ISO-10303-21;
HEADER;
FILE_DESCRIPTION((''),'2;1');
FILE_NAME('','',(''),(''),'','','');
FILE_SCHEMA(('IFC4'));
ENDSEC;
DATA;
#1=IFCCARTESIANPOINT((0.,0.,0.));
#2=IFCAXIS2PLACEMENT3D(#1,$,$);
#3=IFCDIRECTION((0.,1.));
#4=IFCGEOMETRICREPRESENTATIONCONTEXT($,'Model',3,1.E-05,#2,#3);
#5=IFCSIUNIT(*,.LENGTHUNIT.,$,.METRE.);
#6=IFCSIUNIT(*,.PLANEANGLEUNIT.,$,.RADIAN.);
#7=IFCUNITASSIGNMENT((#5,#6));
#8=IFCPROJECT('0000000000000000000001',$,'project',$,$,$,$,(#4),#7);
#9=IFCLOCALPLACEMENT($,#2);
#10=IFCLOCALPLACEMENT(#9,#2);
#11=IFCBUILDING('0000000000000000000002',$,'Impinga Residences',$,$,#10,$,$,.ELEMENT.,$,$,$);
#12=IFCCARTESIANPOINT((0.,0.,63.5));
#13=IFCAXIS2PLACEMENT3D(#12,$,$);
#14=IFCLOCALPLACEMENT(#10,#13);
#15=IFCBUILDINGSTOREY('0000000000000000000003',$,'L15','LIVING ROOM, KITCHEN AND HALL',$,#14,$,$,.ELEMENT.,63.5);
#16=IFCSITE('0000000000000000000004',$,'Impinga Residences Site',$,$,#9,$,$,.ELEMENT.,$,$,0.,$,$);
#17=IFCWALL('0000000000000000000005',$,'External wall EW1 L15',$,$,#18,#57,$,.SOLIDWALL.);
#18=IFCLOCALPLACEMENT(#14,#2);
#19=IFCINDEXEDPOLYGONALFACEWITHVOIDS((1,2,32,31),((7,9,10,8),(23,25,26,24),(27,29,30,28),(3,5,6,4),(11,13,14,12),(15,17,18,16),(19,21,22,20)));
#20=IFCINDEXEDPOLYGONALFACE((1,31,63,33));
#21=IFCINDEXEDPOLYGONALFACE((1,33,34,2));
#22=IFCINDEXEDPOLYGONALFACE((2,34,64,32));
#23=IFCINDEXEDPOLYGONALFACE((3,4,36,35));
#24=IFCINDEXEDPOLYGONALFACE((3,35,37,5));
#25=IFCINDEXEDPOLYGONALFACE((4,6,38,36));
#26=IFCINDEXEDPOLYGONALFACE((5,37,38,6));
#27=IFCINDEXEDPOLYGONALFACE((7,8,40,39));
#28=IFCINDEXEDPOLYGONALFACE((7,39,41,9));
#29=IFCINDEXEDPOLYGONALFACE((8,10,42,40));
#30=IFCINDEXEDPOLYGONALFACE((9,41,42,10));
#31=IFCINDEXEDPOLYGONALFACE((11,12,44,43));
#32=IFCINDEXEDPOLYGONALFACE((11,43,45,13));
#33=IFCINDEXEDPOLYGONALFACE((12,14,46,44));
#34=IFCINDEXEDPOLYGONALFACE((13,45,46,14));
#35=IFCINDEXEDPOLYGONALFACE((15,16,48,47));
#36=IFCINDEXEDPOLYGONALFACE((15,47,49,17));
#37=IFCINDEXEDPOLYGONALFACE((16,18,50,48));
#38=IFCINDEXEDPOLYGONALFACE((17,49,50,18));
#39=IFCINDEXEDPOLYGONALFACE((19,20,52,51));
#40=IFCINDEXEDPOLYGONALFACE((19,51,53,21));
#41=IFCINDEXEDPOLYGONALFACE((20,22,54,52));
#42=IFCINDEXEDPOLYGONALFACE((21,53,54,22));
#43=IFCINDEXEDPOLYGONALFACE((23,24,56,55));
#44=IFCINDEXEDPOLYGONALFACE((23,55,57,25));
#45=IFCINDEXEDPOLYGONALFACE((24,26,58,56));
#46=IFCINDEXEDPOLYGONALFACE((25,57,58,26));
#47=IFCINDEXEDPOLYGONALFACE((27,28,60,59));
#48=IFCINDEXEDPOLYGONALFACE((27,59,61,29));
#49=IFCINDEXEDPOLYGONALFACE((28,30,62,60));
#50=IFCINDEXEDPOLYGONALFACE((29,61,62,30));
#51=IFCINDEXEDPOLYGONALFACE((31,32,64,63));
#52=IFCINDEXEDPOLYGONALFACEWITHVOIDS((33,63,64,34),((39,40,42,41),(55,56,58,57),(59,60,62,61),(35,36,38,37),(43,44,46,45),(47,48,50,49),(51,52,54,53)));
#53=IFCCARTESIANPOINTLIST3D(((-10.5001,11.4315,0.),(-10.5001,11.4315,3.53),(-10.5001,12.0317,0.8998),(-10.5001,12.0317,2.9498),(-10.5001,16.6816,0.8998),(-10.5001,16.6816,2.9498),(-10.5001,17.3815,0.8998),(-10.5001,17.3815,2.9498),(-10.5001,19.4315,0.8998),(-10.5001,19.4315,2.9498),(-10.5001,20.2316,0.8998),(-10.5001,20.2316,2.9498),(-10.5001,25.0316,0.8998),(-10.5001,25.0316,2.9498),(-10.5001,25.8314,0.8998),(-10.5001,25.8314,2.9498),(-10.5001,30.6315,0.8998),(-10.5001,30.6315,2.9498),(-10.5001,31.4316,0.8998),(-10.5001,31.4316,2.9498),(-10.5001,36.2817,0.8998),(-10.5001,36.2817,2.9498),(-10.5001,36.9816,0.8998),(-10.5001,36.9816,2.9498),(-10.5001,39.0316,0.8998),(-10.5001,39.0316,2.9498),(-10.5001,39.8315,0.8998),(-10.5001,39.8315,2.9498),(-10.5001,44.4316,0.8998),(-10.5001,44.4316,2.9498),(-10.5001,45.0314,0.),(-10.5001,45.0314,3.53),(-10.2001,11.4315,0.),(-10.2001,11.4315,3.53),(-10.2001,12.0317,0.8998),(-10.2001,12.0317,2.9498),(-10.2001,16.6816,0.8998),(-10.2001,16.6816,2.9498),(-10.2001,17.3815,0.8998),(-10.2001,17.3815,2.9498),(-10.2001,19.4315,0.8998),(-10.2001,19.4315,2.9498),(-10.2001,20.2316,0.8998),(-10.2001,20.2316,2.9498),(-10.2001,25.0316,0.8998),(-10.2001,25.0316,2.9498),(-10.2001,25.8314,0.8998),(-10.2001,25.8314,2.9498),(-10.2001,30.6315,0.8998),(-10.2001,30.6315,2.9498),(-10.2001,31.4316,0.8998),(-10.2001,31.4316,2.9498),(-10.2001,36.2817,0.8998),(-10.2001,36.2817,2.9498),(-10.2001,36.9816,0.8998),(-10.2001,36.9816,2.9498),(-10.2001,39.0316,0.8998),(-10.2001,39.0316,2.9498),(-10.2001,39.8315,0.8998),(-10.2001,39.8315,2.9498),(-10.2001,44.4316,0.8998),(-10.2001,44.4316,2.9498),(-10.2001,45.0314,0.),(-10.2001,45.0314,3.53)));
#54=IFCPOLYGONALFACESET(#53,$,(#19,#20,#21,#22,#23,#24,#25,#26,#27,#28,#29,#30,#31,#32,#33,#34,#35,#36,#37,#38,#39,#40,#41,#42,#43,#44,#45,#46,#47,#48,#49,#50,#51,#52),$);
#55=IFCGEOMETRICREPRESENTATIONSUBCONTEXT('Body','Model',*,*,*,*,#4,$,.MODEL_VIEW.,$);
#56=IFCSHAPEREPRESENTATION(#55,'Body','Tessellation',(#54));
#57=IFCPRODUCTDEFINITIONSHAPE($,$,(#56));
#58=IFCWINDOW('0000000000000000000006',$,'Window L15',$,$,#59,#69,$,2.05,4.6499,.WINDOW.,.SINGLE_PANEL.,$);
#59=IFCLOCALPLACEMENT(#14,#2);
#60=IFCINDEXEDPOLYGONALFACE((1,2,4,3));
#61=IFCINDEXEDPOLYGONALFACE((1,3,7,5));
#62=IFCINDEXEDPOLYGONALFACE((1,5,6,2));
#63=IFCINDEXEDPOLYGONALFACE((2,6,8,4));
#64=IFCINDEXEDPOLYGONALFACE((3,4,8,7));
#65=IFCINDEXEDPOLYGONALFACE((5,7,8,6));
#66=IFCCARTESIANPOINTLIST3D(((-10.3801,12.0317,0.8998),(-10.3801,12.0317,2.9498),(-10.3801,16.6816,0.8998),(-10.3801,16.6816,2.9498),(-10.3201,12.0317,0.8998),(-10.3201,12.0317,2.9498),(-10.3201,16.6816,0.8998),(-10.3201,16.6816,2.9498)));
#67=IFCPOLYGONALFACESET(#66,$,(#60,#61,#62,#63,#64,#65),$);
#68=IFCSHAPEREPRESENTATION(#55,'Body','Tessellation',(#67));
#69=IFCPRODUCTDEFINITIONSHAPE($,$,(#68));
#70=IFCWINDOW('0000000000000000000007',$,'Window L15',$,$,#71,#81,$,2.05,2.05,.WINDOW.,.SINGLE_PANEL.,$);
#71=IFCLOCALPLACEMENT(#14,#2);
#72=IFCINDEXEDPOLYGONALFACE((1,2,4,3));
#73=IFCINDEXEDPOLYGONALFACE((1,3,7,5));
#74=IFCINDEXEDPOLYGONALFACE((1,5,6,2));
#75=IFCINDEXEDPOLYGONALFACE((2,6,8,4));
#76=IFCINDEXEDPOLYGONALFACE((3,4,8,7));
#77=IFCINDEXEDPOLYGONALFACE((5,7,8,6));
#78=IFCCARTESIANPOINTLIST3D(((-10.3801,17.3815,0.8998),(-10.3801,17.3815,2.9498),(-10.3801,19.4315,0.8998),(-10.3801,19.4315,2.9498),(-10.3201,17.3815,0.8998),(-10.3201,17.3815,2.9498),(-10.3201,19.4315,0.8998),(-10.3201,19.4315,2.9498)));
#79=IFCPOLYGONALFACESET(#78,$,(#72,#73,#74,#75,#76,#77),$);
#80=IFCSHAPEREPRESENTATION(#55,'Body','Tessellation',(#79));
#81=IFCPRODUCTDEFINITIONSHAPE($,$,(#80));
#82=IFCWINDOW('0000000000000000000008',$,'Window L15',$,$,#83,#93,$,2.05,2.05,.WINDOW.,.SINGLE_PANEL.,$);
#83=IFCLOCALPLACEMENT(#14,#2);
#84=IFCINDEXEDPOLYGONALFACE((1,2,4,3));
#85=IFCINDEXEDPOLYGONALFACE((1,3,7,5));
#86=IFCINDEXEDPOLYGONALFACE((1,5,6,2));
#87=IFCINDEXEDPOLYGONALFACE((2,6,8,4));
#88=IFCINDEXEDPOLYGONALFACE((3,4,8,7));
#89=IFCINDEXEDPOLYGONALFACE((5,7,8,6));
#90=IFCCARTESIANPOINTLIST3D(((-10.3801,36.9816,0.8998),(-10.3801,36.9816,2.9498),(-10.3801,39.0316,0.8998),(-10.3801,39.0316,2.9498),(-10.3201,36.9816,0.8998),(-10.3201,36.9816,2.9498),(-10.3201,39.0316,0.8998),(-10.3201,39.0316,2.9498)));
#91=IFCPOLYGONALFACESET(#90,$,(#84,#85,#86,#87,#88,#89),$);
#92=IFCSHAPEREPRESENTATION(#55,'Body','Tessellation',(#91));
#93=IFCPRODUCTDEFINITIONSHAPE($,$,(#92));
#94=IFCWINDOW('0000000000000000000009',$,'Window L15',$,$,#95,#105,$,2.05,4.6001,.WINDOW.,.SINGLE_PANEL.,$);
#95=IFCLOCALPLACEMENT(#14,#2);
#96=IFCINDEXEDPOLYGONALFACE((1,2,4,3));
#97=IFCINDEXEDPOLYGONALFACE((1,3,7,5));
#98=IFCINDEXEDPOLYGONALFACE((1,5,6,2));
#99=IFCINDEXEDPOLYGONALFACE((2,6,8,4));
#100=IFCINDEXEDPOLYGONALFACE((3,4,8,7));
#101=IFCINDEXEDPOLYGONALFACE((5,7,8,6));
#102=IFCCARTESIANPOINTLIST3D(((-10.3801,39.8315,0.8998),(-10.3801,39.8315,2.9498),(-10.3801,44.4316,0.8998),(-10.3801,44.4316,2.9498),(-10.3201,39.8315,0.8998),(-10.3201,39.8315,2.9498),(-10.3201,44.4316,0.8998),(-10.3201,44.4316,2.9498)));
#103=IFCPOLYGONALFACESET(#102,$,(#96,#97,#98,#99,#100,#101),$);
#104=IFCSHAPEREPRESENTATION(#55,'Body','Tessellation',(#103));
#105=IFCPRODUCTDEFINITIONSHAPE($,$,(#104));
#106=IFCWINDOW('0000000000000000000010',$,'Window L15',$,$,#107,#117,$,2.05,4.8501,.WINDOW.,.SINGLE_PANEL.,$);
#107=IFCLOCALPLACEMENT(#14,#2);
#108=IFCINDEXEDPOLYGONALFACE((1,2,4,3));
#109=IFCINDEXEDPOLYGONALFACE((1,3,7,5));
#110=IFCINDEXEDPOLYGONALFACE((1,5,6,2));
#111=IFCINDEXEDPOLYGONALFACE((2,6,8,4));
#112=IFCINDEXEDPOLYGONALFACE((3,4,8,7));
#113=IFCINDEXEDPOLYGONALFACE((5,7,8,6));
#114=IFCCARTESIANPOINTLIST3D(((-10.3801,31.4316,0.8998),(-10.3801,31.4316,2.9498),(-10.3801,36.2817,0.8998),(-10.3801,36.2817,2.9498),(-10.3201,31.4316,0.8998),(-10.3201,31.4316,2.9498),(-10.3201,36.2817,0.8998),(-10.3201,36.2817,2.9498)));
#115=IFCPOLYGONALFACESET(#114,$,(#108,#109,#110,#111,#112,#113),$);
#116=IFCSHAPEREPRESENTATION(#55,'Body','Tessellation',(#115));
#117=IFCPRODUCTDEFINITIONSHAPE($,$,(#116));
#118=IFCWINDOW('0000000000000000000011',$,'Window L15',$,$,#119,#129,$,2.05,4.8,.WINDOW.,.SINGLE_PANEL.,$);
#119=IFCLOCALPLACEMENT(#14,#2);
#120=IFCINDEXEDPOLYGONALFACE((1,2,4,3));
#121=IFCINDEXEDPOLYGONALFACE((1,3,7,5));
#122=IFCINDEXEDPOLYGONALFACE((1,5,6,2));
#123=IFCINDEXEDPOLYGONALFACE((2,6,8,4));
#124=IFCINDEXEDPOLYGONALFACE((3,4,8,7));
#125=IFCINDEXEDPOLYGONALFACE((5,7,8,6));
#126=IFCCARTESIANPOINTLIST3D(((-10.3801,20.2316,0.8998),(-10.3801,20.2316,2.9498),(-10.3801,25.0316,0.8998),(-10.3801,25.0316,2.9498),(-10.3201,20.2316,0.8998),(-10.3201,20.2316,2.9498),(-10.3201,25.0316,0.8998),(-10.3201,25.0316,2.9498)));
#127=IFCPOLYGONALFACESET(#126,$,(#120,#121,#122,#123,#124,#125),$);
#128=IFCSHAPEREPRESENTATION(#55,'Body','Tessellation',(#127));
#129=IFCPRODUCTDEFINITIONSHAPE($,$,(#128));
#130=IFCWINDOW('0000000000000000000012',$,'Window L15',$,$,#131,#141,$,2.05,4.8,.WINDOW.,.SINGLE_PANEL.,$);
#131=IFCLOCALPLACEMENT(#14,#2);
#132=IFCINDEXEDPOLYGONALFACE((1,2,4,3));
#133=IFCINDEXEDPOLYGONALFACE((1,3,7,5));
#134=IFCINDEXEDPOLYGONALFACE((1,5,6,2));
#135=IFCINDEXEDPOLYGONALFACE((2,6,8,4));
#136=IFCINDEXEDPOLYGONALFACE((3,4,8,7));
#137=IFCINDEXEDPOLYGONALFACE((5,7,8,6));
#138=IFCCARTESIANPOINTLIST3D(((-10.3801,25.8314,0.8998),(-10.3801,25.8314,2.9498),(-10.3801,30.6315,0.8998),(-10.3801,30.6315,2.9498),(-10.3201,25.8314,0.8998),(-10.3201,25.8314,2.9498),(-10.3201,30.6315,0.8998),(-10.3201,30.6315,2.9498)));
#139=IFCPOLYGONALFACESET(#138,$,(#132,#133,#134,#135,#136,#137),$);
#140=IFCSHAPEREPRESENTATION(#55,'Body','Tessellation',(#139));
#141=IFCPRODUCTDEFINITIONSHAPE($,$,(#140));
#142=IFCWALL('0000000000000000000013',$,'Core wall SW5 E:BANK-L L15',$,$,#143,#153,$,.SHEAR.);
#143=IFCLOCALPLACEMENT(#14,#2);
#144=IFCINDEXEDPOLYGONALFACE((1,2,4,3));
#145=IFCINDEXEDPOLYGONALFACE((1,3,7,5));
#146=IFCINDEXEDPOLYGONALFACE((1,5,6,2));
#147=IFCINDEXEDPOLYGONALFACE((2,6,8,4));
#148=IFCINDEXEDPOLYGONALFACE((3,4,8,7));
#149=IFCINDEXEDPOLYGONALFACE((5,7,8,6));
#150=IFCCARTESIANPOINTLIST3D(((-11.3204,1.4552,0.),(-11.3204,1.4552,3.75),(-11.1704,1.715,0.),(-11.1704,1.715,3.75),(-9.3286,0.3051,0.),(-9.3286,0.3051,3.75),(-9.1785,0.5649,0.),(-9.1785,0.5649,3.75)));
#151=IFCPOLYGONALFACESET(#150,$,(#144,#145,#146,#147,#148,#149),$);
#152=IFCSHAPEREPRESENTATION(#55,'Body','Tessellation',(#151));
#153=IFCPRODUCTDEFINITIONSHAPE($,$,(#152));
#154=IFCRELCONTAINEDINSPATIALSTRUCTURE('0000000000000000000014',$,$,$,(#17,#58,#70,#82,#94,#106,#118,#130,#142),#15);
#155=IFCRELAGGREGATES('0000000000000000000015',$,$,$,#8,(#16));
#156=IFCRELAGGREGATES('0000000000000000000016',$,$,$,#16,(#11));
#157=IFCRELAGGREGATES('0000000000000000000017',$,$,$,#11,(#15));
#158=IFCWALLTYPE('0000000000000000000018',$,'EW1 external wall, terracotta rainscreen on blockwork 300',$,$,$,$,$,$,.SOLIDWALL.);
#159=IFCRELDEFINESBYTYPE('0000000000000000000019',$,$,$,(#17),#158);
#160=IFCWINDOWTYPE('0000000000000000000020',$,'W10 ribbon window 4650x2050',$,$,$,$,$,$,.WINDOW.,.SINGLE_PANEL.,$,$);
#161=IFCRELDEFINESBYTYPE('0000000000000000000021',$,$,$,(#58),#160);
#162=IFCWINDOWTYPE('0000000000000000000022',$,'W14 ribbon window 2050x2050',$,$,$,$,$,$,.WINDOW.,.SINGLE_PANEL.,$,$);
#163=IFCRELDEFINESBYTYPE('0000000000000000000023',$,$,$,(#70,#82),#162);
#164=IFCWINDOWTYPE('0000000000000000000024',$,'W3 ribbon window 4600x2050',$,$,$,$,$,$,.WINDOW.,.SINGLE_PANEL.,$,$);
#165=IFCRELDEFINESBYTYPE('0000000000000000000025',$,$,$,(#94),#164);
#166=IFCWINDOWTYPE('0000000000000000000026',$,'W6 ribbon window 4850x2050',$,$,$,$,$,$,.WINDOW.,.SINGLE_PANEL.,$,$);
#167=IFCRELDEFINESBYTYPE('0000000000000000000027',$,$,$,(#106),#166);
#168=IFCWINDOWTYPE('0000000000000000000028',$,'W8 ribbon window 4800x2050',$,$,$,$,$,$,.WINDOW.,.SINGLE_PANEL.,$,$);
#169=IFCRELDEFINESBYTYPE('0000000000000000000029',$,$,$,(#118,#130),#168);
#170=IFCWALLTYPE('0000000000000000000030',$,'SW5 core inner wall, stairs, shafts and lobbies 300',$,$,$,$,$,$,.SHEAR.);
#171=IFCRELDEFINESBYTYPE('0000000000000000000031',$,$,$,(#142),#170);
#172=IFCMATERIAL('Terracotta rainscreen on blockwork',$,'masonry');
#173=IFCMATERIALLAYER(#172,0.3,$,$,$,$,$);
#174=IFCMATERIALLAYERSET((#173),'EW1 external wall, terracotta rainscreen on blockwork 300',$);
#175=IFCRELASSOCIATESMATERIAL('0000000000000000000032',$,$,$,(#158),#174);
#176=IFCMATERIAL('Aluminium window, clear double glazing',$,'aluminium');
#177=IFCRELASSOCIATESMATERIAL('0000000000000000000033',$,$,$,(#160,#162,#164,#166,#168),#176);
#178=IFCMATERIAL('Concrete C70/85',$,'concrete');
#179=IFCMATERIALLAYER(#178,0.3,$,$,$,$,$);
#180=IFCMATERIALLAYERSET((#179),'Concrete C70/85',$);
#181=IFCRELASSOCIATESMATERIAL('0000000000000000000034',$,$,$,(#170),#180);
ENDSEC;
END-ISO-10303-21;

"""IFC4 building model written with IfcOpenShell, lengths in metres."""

from ifc_helpers import new_model, si_unit, direction, frame, frame_2d, origin, place, context, subcontext, project, spatial, rectangle, extrude, material, layer, layer_set, type_object, element, fill, save


model = new_model("IFC4")

# Units and contexts
model_context = context("Model", 3, precision=1e-05, world=origin(), true_north=direction((0.0, 1.0)))
body_context = subcontext(model_context, "Body", "Model", "MODEL_VIEW")
ifc_project = project(units=[si_unit("LENGTHUNIT", "METRE"), si_unit("PLANEANGLEUNIT", "RADIAN")], contexts=[model_context])

# Site, building, storey
site_placement = place(None, origin())
site = spatial("IfcSite", under=ifc_project, at=site_placement, Name="Impinga Residences Site", CompositionType="ELEMENT", RefElevation=0.0)
building_placement = place(site_placement, origin())
building = spatial("IfcBuilding", under=site, at=building_placement, Name="Impinga Residences", CompositionType="ELEMENT")
storey_placement = place(building_placement, frame((0.0, 0.0, 63.5)))
storey = spatial("IfcBuildingStorey", under=building, at=storey_placement, Name="L15", Description="LIVING ROOM, KITCHEN AND HALL", CompositionType="ELEMENT", Elevation=63.5)

# Shared definitions
ifc_material_1 = material(Name="Concrete C70/85", Category="concrete")

# Wall, openings, windows
ifc_material_2 = material(Name="Terracotta rainscreen on blockwork", Category="masonry")
ifc_layer_1 = layer(ifc_material_2, 0.3)
ifc_layer_set_1 = layer_set([ifc_layer_1], Name="EW1 external wall, terracotta rainscreen on blockwork 300")
wall_type_1 = type_object("IfcWallType", Name="EW1 external wall, terracotta rainscreen on blockwork 300", PredefinedType="SOLIDWALL", material=ifc_layer_set_1)
wall_1_placement = place(storey_placement, frame((-10.3501, 11.4316, 0.0), z_axis=(0.0, 0.0, 1.0), x_axis=(0.0, 1.0, 0.0)))
wall_1 = element("IfcWall", 1, at=wall_1_placement, inside=storey, type_object=wall_type_1, Name="External wall EW1 L15", PredefinedType="SOLIDWALL", context=body_context, shape_type="SweptSolid", body=[
    extrude(rectangle(XDim=33.5999, YDim=0.3, at=frame_2d((16.7998, 0.0))), origin(), (0.0, 0.0, 1.0), 3.53),
])
opening_1_placement = place(wall_1_placement, frame((0.6001, 0.0, 0.8999)))
opening_1 = element("IfcOpeningElement", 2, at=opening_1_placement, cuts=wall_1, PredefinedType="OPENING", context=body_context, shape_type="SweptSolid", body=[
    extrude(rectangle(XDim=4.6499, YDim=2.05, at=frame_2d((2.325, 1.0249))), frame((0.0, 0.1599, 0.0), z_axis=(0.0, -1.0, 0.0), x_axis=(1.0, 0.0, 0.0)), (0.0, 0.0, 1.0), 0.3201),
])
opening_2_placement = place(wall_1_placement, frame((5.95, 0.0, 0.8999)))
opening_2 = element("IfcOpeningElement", 3, at=opening_2_placement, cuts=wall_1, PredefinedType="OPENING", context=body_context, shape_type="SweptSolid", body=[
    extrude(rectangle(XDim=2.05, YDim=2.05, at=frame_2d((1.0249, 1.0249))), frame((0.0, 0.1599, 0.0), z_axis=(0.0, -1.0, 0.0), x_axis=(1.0, 0.0, 0.0)), (0.0, 0.0, 1.0), 0.3201),
])
opening_3_placement = place(wall_1_placement, frame((8.8, 0.0, 0.8999)))
opening_3 = element("IfcOpeningElement", 4, at=opening_3_placement, cuts=wall_1, PredefinedType="OPENING", context=body_context, shape_type="SweptSolid", body=[
    extrude(rectangle(XDim=4.8, YDim=2.05, at=frame_2d((2.3999, 1.0249))), frame((0.0, 0.1599, 0.0), z_axis=(0.0, -1.0, 0.0), x_axis=(1.0, 0.0, 0.0)), (0.0, 0.0, 1.0), 0.3201),
])
opening_4_placement = place(wall_1_placement, frame((14.3999, 0.0, 0.8999)))
opening_4 = element("IfcOpeningElement", 5, at=opening_4_placement, cuts=wall_1, PredefinedType="OPENING", context=body_context, shape_type="SweptSolid", body=[
    extrude(rectangle(XDim=4.8, YDim=2.05, at=frame_2d((2.3999, 1.0249))), frame((0.0, 0.1599, 0.0), z_axis=(0.0, -1.0, 0.0), x_axis=(1.0, 0.0, 0.0)), (0.0, 0.0, 1.0), 0.3201),
])
opening_5_placement = place(wall_1_placement, frame((20.0, 0.0, 0.8999)))
opening_5 = element("IfcOpeningElement", 6, at=opening_5_placement, cuts=wall_1, PredefinedType="OPENING", context=body_context, shape_type="SweptSolid", body=[
    extrude(rectangle(XDim=4.8501, YDim=2.05, at=frame_2d((2.425, 1.0249))), frame((0.0, 0.1599, 0.0), z_axis=(0.0, -1.0, 0.0), x_axis=(1.0, 0.0, 0.0)), (0.0, 0.0, 1.0), 0.3201),
])
opening_6_placement = place(wall_1_placement, frame((25.55, 0.0, 0.8999)))
opening_6 = element("IfcOpeningElement", 7, at=opening_6_placement, cuts=wall_1, PredefinedType="OPENING", context=body_context, shape_type="SweptSolid", body=[
    extrude(rectangle(XDim=2.05, YDim=2.05, at=frame_2d((1.0249, 1.0249))), frame((0.0, 0.1599, 0.0), z_axis=(0.0, -1.0, 0.0), x_axis=(1.0, 0.0, 0.0)), (0.0, 0.0, 1.0), 0.3201),
])
opening_7_placement = place(wall_1_placement, frame((28.3999, 0.0, 0.8999)))
opening_7 = element("IfcOpeningElement", 8, at=opening_7_placement, cuts=wall_1, PredefinedType="OPENING", context=body_context, shape_type="SweptSolid", body=[
    extrude(rectangle(XDim=4.6001, YDim=2.05, at=frame_2d((2.3, 1.0249))), frame((0.0, 0.1599, 0.0), z_axis=(0.0, -1.0, 0.0), x_axis=(1.0, 0.0, 0.0)), (0.0, 0.0, 1.0), 0.3201),
])
ifc_material_3 = material(Name="Aluminium window, clear double glazing", Category="aluminium")
window_type_1 = type_object("IfcWindowType", Name="W10 ribbon window 4650x2050", PartitioningType="SINGLE_PANEL", PredefinedType="WINDOW", material=ifc_material_3)
window_1_placement = place(opening_1_placement, origin())
window_1 = element("IfcWindow", 9, at=window_1_placement, inside=storey, type_object=window_type_1, Name="Window L15", OverallHeight=2.05, OverallWidth=4.6499, PartitioningType="SINGLE_PANEL", PredefinedType="WINDOW", context=body_context, shape_type="SweptSolid", body=[
    extrude(rectangle(XDim=4.6499, YDim=2.05, at=frame_2d((2.325, 1.0249))), frame((0.0, 0.03, 0.0), z_axis=(0.0, -1.0, 0.0), x_axis=(1.0, 0.0, 0.0)), (0.0, 0.0, 1.0), 0.0601),
])
fill(opening_1, window_1)
window_type_2 = type_object("IfcWindowType", Name="W14 ribbon window 2050x2050", PartitioningType="SINGLE_PANEL", PredefinedType="WINDOW", material=ifc_material_3)
window_2_placement = place(opening_2_placement, origin())
window_2 = element("IfcWindow", 10, at=window_2_placement, inside=storey, type_object=window_type_2, Name="Window L15", OverallHeight=2.05, OverallWidth=2.05, PartitioningType="SINGLE_PANEL", PredefinedType="WINDOW", context=body_context, shape_type="SweptSolid", body=[
    extrude(rectangle(XDim=2.05, YDim=2.05, at=frame_2d((1.0249, 1.0249))), frame((0.0, 0.03, 0.0), z_axis=(0.0, -1.0, 0.0), x_axis=(1.0, 0.0, 0.0)), (0.0, 0.0, 1.0), 0.0601),
])
fill(opening_2, window_2)
window_3_placement = place(opening_6_placement, origin())
window_3 = element("IfcWindow", 11, at=window_3_placement, inside=storey, type_object=window_type_2, Name="Window L15", OverallHeight=2.05, OverallWidth=2.05, PartitioningType="SINGLE_PANEL", PredefinedType="WINDOW", context=body_context, shape_type="SweptSolid", body=[
    extrude(rectangle(XDim=2.05, YDim=2.05, at=frame_2d((1.0249, 1.0249))), frame((0.0, 0.03, 0.0), z_axis=(0.0, -1.0, 0.0), x_axis=(1.0, 0.0, 0.0)), (0.0, 0.0, 1.0), 0.0601),
])
fill(opening_6, window_3)
window_type_3 = type_object("IfcWindowType", Name="W3 ribbon window 4600x2050", PartitioningType="SINGLE_PANEL", PredefinedType="WINDOW", material=ifc_material_3)
window_4_placement = place(opening_7_placement, origin())
window_4 = element("IfcWindow", 12, at=window_4_placement, inside=storey, type_object=window_type_3, Name="Window L15", OverallHeight=2.05, OverallWidth=4.6001, PartitioningType="SINGLE_PANEL", PredefinedType="WINDOW", context=body_context, shape_type="SweptSolid", body=[
    extrude(rectangle(XDim=4.6001, YDim=2.05, at=frame_2d((2.3, 1.0249))), frame((0.0, 0.03, 0.0), z_axis=(0.0, -1.0, 0.0), x_axis=(1.0, 0.0, 0.0)), (0.0, 0.0, 1.0), 0.0601),
])
fill(opening_7, window_4)
window_type_4 = type_object("IfcWindowType", Name="W6 ribbon window 4850x2050", PartitioningType="SINGLE_PANEL", PredefinedType="WINDOW", material=ifc_material_3)
window_5_placement = place(opening_5_placement, origin())
window_5 = element("IfcWindow", 13, at=window_5_placement, inside=storey, type_object=window_type_4, Name="Window L15", OverallHeight=2.05, OverallWidth=4.8501, PartitioningType="SINGLE_PANEL", PredefinedType="WINDOW", context=body_context, shape_type="SweptSolid", body=[
    extrude(rectangle(XDim=4.8501, YDim=2.05, at=frame_2d((2.425, 1.0249))), frame((0.0, 0.03, 0.0), z_axis=(0.0, -1.0, 0.0), x_axis=(1.0, 0.0, 0.0)), (0.0, 0.0, 1.0), 0.0601),
])
fill(opening_5, window_5)
window_type_5 = type_object("IfcWindowType", Name="W8 ribbon window 4800x2050", PartitioningType="SINGLE_PANEL", PredefinedType="WINDOW", material=ifc_material_3)
window_6_placement = place(opening_3_placement, origin())
window_6 = element("IfcWindow", 14, at=window_6_placement, inside=storey, type_object=window_type_5, Name="Window L15", OverallHeight=2.05, OverallWidth=4.8, PartitioningType="SINGLE_PANEL", PredefinedType="WINDOW", context=body_context, shape_type="SweptSolid", body=[
    extrude(rectangle(XDim=4.8, YDim=2.05, at=frame_2d((2.3999, 1.0249))), frame((0.0, 0.03, 0.0), z_axis=(0.0, -1.0, 0.0), x_axis=(1.0, 0.0, 0.0)), (0.0, 0.0, 1.0), 0.0601),
])
fill(opening_3, window_6)
window_7_placement = place(opening_4_placement, origin())
window_7 = element("IfcWindow", 15, at=window_7_placement, inside=storey, type_object=window_type_5, Name="Window L15", OverallHeight=2.05, OverallWidth=4.8, PartitioningType="SINGLE_PANEL", PredefinedType="WINDOW", context=body_context, shape_type="SweptSolid", body=[
    extrude(rectangle(XDim=4.8, YDim=2.05, at=frame_2d((2.3999, 1.0249))), frame((0.0, 0.03, 0.0), z_axis=(0.0, -1.0, 0.0), x_axis=(1.0, 0.0, 0.0)), (0.0, 0.0, 1.0), 0.0601),
])
fill(opening_4, window_7)

# Wall
ifc_layer_2 = layer(ifc_material_1, 0.3)
ifc_layer_set_2 = layer_set([ifc_layer_2], Name="Concrete C70/85")
wall_type_2 = type_object("IfcWallType", Name="SW5 core inner wall, stairs, shafts and lobbies 300", PredefinedType="SHEAR", material=ifc_layer_set_2)
wall_2_placement = place(storey_placement, frame((-9.2537, 0.4351, 0.0), z_axis=(0.0, 0.0, 1.0), x_axis=(-0.866007, 0.500032, 0.0)))
element("IfcWall", 16, at=wall_2_placement, inside=storey, type_object=wall_type_2, Name="Core wall SW5 E:BANK-L L15", PredefinedType="SHEAR", context=body_context, shape_type="SweptSolid", body=[
    extrude(rectangle(XDim=2.3, YDim=0.3, at=frame_2d((1.1499, 0.0))), origin(), (0.0, 0.0, 1.0), 3.75),
])

save(model, "model.ifc")
